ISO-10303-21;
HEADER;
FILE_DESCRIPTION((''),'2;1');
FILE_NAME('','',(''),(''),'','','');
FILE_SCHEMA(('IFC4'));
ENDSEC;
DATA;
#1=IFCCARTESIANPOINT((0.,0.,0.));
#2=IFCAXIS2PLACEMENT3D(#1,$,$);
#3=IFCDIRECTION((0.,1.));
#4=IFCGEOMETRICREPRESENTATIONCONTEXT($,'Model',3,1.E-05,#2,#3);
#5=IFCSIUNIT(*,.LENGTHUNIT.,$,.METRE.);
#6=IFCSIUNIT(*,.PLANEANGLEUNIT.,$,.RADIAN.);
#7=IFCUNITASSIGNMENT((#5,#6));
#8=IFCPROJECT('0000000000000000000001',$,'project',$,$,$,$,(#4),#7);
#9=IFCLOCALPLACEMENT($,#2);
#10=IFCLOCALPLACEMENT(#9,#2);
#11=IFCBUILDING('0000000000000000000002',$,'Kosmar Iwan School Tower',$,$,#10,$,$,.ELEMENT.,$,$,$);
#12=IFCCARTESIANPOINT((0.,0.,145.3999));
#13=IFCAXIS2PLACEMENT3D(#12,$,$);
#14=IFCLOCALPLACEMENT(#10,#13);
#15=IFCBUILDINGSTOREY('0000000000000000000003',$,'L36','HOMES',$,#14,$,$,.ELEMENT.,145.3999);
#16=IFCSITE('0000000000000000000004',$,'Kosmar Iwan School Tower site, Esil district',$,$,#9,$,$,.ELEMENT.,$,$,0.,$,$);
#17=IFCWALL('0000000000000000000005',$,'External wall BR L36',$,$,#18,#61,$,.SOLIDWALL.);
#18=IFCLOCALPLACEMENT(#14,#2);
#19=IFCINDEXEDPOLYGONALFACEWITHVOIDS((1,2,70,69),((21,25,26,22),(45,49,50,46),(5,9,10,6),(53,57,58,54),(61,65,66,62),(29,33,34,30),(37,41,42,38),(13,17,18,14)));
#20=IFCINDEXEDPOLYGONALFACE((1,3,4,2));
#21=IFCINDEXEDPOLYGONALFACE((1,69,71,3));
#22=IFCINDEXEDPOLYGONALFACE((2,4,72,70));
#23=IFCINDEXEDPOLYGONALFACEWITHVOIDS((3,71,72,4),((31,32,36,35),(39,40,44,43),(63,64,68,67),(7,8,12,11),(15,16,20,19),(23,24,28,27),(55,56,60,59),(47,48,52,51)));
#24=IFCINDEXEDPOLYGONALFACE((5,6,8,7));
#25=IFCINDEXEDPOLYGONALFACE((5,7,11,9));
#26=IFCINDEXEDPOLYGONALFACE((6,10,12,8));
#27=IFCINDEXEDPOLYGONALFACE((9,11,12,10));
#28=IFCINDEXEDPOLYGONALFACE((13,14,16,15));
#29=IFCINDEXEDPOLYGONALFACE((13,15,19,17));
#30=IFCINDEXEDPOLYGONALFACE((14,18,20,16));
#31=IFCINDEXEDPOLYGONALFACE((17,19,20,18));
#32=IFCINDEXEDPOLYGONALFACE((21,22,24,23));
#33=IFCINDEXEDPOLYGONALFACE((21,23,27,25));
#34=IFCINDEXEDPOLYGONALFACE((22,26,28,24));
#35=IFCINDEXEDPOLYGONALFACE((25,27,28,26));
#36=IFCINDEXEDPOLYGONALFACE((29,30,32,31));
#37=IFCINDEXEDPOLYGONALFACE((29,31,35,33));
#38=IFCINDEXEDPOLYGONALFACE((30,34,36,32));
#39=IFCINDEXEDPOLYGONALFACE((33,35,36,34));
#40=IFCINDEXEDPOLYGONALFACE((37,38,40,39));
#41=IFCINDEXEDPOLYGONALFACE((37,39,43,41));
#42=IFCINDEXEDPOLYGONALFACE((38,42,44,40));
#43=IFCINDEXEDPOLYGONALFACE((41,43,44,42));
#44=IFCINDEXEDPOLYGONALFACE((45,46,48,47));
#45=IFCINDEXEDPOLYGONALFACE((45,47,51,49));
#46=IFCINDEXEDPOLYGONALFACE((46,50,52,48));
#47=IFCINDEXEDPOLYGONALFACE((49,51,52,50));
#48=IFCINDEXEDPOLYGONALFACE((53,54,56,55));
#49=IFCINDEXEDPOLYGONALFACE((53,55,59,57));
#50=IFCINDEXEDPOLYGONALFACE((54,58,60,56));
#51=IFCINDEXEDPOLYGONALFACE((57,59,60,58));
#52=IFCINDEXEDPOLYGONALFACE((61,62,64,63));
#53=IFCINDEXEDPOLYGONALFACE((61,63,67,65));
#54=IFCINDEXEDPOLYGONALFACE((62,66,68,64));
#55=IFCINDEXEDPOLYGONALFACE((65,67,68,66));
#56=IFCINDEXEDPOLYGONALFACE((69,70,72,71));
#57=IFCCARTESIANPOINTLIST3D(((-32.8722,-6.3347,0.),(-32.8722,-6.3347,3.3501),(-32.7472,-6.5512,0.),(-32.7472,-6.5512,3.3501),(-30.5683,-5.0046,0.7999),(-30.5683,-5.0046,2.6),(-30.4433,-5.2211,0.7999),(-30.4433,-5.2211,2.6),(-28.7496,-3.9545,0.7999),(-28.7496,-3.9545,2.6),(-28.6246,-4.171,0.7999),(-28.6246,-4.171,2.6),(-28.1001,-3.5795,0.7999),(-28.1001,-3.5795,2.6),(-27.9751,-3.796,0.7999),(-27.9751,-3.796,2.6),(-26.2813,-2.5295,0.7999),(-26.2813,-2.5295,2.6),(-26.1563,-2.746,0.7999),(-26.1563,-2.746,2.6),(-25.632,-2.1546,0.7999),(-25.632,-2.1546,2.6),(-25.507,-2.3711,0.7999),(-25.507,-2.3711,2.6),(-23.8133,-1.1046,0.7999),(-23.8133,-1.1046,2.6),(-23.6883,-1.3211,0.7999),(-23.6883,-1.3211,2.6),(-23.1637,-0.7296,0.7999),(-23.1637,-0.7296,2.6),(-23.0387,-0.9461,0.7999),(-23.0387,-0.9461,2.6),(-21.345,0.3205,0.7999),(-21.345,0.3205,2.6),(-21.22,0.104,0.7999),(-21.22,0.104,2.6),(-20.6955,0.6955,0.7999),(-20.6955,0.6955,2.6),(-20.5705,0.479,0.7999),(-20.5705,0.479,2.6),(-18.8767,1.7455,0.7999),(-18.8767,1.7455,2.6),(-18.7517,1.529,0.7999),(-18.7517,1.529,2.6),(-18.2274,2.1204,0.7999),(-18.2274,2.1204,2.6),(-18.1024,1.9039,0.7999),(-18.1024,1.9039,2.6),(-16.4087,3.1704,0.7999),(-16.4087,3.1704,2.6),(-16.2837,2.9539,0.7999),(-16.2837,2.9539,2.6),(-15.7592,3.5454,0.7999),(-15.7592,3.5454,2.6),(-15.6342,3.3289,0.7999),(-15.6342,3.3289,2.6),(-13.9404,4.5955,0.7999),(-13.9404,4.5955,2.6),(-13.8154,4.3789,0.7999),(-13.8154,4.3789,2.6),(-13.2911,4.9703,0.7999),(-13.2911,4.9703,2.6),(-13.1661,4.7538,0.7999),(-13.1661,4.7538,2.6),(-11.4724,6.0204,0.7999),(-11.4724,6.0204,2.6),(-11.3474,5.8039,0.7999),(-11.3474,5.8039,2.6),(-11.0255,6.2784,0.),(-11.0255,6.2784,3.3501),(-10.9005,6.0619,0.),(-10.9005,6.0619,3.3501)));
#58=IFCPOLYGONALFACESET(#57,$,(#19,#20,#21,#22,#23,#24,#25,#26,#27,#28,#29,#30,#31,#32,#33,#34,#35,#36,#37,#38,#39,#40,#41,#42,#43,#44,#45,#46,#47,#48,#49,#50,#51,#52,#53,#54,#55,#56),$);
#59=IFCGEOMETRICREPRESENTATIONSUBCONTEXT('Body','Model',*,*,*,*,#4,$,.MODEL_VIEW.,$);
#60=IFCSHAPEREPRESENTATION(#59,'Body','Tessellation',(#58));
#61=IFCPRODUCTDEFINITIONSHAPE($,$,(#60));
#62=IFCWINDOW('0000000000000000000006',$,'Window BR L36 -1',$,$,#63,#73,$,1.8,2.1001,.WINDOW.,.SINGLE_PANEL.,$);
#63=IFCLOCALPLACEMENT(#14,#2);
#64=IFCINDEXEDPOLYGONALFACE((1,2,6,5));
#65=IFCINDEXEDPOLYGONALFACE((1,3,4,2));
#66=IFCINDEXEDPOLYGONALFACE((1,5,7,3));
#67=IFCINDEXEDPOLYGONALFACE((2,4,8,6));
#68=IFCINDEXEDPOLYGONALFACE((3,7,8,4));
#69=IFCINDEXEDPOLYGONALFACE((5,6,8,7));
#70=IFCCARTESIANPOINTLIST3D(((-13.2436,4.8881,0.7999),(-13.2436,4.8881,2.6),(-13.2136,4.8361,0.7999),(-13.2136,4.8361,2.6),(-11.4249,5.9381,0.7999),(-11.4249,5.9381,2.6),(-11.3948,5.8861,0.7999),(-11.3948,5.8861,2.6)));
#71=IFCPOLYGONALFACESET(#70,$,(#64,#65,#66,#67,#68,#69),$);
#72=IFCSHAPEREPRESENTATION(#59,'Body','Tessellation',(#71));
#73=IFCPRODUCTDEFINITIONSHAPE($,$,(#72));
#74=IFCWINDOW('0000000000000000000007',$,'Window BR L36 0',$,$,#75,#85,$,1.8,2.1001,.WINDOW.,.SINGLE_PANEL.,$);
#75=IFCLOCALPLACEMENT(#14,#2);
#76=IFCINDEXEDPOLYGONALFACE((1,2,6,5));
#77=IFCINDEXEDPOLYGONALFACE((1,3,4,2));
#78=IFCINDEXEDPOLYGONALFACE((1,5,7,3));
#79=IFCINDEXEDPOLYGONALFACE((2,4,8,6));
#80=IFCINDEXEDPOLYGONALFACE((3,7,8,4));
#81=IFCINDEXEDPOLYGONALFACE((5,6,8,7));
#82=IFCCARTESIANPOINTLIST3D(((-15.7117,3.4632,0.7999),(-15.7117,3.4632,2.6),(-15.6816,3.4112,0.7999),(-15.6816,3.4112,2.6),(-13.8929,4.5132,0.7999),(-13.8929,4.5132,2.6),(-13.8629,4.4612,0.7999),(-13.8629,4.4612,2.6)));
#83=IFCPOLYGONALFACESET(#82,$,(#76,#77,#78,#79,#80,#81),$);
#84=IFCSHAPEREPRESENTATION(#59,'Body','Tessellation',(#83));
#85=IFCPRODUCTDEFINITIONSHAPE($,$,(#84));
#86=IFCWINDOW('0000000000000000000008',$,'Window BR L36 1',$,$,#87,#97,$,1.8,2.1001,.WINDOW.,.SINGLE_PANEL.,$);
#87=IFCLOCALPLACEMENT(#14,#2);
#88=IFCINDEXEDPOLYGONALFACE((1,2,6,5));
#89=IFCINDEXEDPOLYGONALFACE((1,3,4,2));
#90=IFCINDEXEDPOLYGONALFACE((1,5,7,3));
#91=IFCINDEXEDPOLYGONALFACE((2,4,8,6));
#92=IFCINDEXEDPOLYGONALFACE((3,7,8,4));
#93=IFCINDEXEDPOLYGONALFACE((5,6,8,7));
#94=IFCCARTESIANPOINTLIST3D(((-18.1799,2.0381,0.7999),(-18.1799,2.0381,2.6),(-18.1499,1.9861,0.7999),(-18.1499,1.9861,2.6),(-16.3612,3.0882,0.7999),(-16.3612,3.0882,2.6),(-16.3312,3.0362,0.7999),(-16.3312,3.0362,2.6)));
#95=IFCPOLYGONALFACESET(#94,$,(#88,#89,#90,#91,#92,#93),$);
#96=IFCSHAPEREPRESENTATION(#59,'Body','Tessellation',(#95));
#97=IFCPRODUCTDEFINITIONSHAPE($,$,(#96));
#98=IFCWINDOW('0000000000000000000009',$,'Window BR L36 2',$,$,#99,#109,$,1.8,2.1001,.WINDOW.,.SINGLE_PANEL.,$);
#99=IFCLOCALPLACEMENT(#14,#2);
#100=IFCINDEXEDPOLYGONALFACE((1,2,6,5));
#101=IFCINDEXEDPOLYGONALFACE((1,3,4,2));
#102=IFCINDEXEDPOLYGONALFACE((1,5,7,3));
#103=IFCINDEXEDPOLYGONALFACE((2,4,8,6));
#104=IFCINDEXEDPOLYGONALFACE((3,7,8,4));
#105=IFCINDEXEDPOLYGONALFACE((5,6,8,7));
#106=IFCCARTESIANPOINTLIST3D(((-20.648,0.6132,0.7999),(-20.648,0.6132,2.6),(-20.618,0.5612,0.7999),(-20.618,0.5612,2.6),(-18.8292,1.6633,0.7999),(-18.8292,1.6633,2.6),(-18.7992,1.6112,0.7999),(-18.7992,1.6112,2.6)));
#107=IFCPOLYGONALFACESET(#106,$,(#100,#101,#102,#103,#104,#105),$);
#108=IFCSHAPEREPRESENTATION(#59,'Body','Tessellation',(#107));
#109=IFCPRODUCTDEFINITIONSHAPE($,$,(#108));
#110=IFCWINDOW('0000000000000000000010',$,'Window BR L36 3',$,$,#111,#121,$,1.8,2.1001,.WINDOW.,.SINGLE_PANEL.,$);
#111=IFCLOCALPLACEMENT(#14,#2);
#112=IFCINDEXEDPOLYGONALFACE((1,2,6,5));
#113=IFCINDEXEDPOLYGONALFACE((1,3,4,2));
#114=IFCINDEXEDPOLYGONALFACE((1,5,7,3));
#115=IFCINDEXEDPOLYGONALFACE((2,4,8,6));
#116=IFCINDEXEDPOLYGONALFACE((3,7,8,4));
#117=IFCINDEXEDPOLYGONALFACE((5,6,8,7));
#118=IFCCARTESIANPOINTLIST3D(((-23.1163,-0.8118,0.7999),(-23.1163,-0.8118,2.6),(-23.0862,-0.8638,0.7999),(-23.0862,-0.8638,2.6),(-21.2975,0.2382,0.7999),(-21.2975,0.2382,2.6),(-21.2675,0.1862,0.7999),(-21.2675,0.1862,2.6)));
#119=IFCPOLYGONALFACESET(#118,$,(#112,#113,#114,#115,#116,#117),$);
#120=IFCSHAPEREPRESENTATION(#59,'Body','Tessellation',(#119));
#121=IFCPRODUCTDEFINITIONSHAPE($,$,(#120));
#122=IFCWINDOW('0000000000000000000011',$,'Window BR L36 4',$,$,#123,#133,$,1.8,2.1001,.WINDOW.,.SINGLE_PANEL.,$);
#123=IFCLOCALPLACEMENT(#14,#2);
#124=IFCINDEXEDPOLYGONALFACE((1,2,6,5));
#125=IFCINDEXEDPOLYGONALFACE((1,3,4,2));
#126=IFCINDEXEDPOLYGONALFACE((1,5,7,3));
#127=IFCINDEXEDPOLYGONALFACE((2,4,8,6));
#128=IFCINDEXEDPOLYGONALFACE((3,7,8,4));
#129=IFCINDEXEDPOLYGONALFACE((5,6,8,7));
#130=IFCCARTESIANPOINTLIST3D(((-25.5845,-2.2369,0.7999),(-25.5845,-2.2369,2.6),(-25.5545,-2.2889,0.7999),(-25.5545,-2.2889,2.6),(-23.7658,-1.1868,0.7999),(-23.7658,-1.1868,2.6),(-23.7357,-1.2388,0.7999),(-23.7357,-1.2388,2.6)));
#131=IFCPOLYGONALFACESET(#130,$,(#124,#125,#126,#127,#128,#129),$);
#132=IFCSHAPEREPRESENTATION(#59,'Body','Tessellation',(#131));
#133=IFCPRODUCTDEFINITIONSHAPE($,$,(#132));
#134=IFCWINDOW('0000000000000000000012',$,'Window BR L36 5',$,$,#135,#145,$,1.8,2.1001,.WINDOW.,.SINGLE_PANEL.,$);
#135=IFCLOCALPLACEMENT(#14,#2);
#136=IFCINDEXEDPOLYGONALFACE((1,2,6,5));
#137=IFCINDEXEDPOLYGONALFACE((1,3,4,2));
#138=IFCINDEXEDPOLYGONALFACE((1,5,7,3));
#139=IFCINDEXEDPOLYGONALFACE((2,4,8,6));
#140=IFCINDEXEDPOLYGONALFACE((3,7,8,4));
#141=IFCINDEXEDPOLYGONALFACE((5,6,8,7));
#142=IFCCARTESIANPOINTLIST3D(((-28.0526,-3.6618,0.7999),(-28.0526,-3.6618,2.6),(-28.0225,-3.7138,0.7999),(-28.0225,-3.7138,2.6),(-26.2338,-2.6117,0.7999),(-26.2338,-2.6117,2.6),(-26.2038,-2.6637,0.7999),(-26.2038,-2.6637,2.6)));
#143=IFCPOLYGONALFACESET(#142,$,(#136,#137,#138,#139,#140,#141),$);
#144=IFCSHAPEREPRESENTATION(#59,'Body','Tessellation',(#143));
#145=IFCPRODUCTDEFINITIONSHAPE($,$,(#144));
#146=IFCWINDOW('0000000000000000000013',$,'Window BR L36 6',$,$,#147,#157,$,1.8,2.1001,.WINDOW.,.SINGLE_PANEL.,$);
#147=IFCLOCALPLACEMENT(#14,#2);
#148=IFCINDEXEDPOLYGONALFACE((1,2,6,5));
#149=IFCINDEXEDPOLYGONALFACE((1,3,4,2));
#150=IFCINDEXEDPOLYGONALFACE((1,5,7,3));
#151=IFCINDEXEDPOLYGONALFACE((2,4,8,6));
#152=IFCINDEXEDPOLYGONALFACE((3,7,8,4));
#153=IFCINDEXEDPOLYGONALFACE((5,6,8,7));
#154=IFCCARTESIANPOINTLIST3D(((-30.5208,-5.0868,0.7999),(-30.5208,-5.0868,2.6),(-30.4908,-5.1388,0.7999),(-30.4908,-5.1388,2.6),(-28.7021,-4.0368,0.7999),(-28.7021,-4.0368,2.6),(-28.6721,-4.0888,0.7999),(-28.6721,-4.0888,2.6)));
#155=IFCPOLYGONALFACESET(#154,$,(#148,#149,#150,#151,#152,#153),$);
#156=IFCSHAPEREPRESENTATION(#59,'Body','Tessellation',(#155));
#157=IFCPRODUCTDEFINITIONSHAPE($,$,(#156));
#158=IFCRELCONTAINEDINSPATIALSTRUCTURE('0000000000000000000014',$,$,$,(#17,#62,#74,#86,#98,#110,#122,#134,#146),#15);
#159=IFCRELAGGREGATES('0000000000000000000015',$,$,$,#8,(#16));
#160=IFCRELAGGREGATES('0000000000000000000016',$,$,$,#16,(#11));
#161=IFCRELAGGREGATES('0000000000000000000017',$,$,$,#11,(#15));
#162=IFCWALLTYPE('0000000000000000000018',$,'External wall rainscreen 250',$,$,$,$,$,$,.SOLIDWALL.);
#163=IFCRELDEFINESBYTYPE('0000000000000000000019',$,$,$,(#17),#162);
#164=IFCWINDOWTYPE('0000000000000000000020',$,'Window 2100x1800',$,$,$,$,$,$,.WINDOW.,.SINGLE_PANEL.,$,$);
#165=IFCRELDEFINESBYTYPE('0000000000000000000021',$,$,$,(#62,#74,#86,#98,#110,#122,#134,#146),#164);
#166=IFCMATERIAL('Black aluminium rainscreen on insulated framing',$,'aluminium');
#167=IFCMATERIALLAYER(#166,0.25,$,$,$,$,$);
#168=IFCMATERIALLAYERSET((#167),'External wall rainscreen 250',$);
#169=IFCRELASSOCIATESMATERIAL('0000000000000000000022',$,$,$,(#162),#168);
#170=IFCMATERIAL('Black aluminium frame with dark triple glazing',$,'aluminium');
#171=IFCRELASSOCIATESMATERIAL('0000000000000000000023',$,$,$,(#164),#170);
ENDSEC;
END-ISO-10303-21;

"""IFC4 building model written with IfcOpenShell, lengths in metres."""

from ifc_helpers import new_model, si_unit, direction, frame, frame_2d, origin, place, context, subcontext, project, spatial, rectangle, extrude, material, layer, layer_set, type_object, element, fill, save


model = new_model("IFC4")

# Units and contexts
model_context = context("Model", 3, precision=1e-05, world=origin(), true_north=direction((0.0, 1.0)))
body_context = subcontext(model_context, "Body", "Model", "MODEL_VIEW")
ifc_project = project(units=[si_unit("LENGTHUNIT", "METRE"), si_unit("PLANEANGLEUNIT", "RADIAN")], contexts=[model_context])

# Site, building, storey
site_placement = place(None, origin())
site = spatial("IfcSite", under=ifc_project, at=site_placement, Name="Kosmar Iwan School Tower site, Esil district", CompositionType="ELEMENT", RefElevation=0.0)
building_placement = place(site_placement, origin())
building = spatial("IfcBuilding", under=site, at=building_placement, Name="Kosmar Iwan School Tower", CompositionType="ELEMENT")
storey_placement = place(building_placement, frame((0.0, 0.0, 145.3999)))
storey = spatial("IfcBuildingStorey", under=building, at=storey_placement, Name="L36", Description="HOMES", CompositionType="ELEMENT", Elevation=145.3999)

# Wall, openings, windows
ifc_material_1 = material(Name="Black aluminium rainscreen on insulated framing", Category="aluminium")
ifc_layer_1 = layer(ifc_material_1, 0.25)
ifc_layer_set_1 = layer_set([ifc_layer_1], Name="External wall rainscreen 250")
wall_type_1 = type_object("IfcWallType", Name="External wall rainscreen 250", PredefinedType="SOLIDWALL", material=ifc_layer_set_1)
ifc_material_2 = material(Name="Black aluminium frame with dark triple glazing", Category="aluminium")
window_type = type_object("IfcWindowType", Name="Window 2100x1800", PartitioningType="SINGLE_PANEL", PredefinedType="WINDOW", material=ifc_material_2)
wall_1_placement = place(storey_placement, frame((-10.9629, 6.1702, 0.0), z_axis=(0.0, 0.0, 1.0), x_axis=(-0.866028, -0.499996, 0.0)))
wall_1 = element("IfcWall", 1, at=wall_1_placement, inside=storey, type_object=wall_type_1, Name="External wall BR L36", PredefinedType="SOLIDWALL", context=body_context, shape_type="SweptSolid", body=[
    extrude(rectangle(XDim=25.2263, YDim=0.25, at=frame_2d((12.6133, 0.0))), origin(), (0.0, 0.0, 1.0), 3.3501),
])
opening_1_placement = place(wall_1_placement, frame((0.5161, 0.0, 0.8)))
opening_1 = element("IfcOpeningElement", 2, at=opening_1_placement, cuts=wall_1, PredefinedType="OPENING", context=body_context, shape_type="SweptSolid", body=[
    extrude(rectangle(XDim=2.1001, YDim=1.8, at=frame_2d((1.05, 0.8999))), frame((0.0, 0.137, 0.0), z_axis=(0.0, -1.0, 0.0), x_axis=(1.0, 0.0, 0.0)), (0.0, 0.0, 1.0), 0.2739),
])
opening_2_placement = place(wall_1_placement, frame((3.366, 0.0, 0.8)))
opening_2 = element("IfcOpeningElement", 3, at=opening_2_placement, cuts=wall_1, PredefinedType="OPENING", context=body_context, shape_type="SweptSolid", body=[
    extrude(rectangle(XDim=2.1001, YDim=1.8, at=frame_2d((1.05, 0.8999))), frame((0.0, 0.137, 0.0), z_axis=(0.0, -1.0, 0.0), x_axis=(1.0, 0.0, 0.0)), (0.0, 0.0, 1.0), 0.2739),
])
opening_3_placement = place(wall_1_placement, frame((6.2161, 0.0, 0.8)))
opening_3 = element("IfcOpeningElement", 4, at=opening_3_placement, cuts=wall_1, PredefinedType="OPENING", context=body_context, shape_type="SweptSolid", body=[
    extrude(rectangle(XDim=2.1001, YDim=1.8, at=frame_2d((1.05, 0.8999))), frame((0.0, 0.137, 0.0), z_axis=(0.0, -1.0, 0.0), x_axis=(1.0, 0.0, 0.0)), (0.0, 0.0, 1.0), 0.2739),
])
opening_4_placement = place(wall_1_placement, frame((9.0659, 0.0, 0.8)))
opening_4 = element("IfcOpeningElement", 5, at=opening_4_placement, cuts=wall_1, PredefinedType="OPENING", context=body_context, shape_type="SweptSolid", body=[
    extrude(rectangle(XDim=2.1001, YDim=1.8, at=frame_2d((1.05, 0.8999))), frame((0.0, 0.137, 0.0), z_axis=(0.0, -1.0, 0.0), x_axis=(1.0, 0.0, 0.0)), (0.0, 0.0, 1.0), 0.2739),
])
opening_5_placement = place(wall_1_placement, frame((11.916, 0.0, 0.8)))
opening_5 = element("IfcOpeningElement", 6, at=opening_5_placement, cuts=wall_1, PredefinedType="OPENING", context=body_context, shape_type="SweptSolid", body=[
    extrude(rectangle(XDim=2.1001, YDim=1.8, at=frame_2d((1.05, 0.8999))), frame((0.0, 0.137, 0.0), z_axis=(0.0, -1.0, 0.0), x_axis=(1.0, 0.0, 0.0)), (0.0, 0.0, 1.0), 0.2739),
])
opening_6_placement = place(wall_1_placement, frame((14.7661, 0.0, 0.8)))
opening_6 = element("IfcOpeningElement", 7, at=opening_6_placement, cuts=wall_1, PredefinedType="OPENING", context=body_context, shape_type="SweptSolid", body=[
    extrude(rectangle(XDim=2.1001, YDim=1.8, at=frame_2d((1.05, 0.8999))), frame((0.0, 0.137, 0.0), z_axis=(0.0, -1.0, 0.0), x_axis=(1.0, 0.0, 0.0)), (0.0, 0.0, 1.0), 0.2739),
])
opening_7_placement = place(wall_1_placement, frame((17.616, 0.0, 0.8)))
opening_7 = element("IfcOpeningElement", 8, at=opening_7_placement, cuts=wall_1, PredefinedType="OPENING", context=body_context, shape_type="SweptSolid", body=[
    extrude(rectangle(XDim=2.1001, YDim=1.8, at=frame_2d((1.05, 0.8999))), frame((0.0, 0.137, 0.0), z_axis=(0.0, -1.0, 0.0), x_axis=(1.0, 0.0, 0.0)), (0.0, 0.0, 1.0), 0.2739),
])
opening_8_placement = place(wall_1_placement, frame((20.4661, 0.0, 0.8)))
opening_8 = element("IfcOpeningElement", 9, at=opening_8_placement, cuts=wall_1, PredefinedType="OPENING", context=body_context, shape_type="SweptSolid", body=[
    extrude(rectangle(XDim=2.1001, YDim=1.8, at=frame_2d((1.05, 0.8999))), frame((0.0, 0.137, 0.0), z_axis=(0.0, -1.0, 0.0), x_axis=(1.0, 0.0, 0.0)), (0.0, 0.0, 1.0), 0.2739),
])
window_1_placement = place(opening_1_placement, origin())
window_1 = element("IfcWindow", 10, at=window_1_placement, inside=storey, type_object=window_type, Name="Window BR L36 -1", OverallHeight=1.8, OverallWidth=2.1001, PartitioningType="SINGLE_PANEL", PredefinedType="WINDOW", context=body_context, shape_type="SweptSolid", body=[
    extrude(rectangle(XDim=2.1001, YDim=1.8, at=frame_2d((1.05, 0.8999))), frame((0.0, 0.03, 0.0), z_axis=(0.0, -1.0, 0.0), x_axis=(1.0, 0.0, 0.0)), (0.0, 0.0, 1.0), 0.0601),
])
fill(opening_1, window_1)
window_2_placement = place(opening_2_placement, origin())
window_2 = element("IfcWindow", 11, at=window_2_placement, inside=storey, type_object=window_type, Name="Window BR L36 0", OverallHeight=1.8, OverallWidth=2.1001, PartitioningType="SINGLE_PANEL", PredefinedType="WINDOW", context=body_context, shape_type="SweptSolid", body=[
    extrude(rectangle(XDim=2.1001, YDim=1.8, at=frame_2d((1.05, 0.8999))), frame((0.0, 0.03, 0.0), z_axis=(0.0, -1.0, 0.0), x_axis=(1.0, 0.0, 0.0)), (0.0, 0.0, 1.0), 0.0601),
])
fill(opening_2, window_2)
window_3_placement = place(opening_3_placement, origin())
window_3 = element("IfcWindow", 12, at=window_3_placement, inside=storey, type_object=window_type, Name="Window BR L36 1", OverallHeight=1.8, OverallWidth=2.1001, PartitioningType="SINGLE_PANEL", PredefinedType="WINDOW", context=body_context, shape_type="SweptSolid", body=[
    extrude(rectangle(XDim=2.1001, YDim=1.8, at=frame_2d((1.05, 0.8999))), frame((0.0, 0.03, 0.0), z_axis=(0.0, -1.0, 0.0), x_axis=(1.0, 0.0, 0.0)), (0.0, 0.0, 1.0), 0.0601),
])
fill(opening_3, window_3)
window_4_placement = place(opening_4_placement, origin())
window_4 = element("IfcWindow", 13, at=window_4_placement, inside=storey, type_object=window_type, Name="Window BR L36 2", OverallHeight=1.8, OverallWidth=2.1001, PartitioningType="SINGLE_PANEL", PredefinedType="WINDOW", context=body_context, shape_type="SweptSolid", body=[
    extrude(rectangle(XDim=2.1001, YDim=1.8, at=frame_2d((1.05, 0.8999))), frame((0.0, 0.03, 0.0), z_axis=(0.0, -1.0, 0.0), x_axis=(1.0, 0.0, 0.0)), (0.0, 0.0, 1.0), 0.0601),
])
fill(opening_4, window_4)
window_5_placement = place(opening_5_placement, origin())
window_5 = element("IfcWindow", 14, at=window_5_placement, inside=storey, type_object=window_type, Name="Window BR L36 3", OverallHeight=1.8, OverallWidth=2.1001, PartitioningType="SINGLE_PANEL", PredefinedType="WINDOW", context=body_context, shape_type="SweptSolid", body=[
    extrude(rectangle(XDim=2.1001, YDim=1.8, at=frame_2d((1.05, 0.8999))), frame((0.0, 0.03, 0.0), z_axis=(0.0, -1.0, 0.0), x_axis=(1.0, 0.0, 0.0)), (0.0, 0.0, 1.0), 0.0601),
])
fill(opening_5, window_5)
window_6_placement = place(opening_6_placement, origin())
window_6 = element("IfcWindow", 15, at=window_6_placement, inside=storey, type_object=window_type, Name="Window BR L36 4", OverallHeight=1.8, OverallWidth=2.1001, PartitioningType="SINGLE_PANEL", PredefinedType="WINDOW", context=body_context, shape_type="SweptSolid", body=[
    extrude(rectangle(XDim=2.1001, YDim=1.8, at=frame_2d((1.05, 0.8999))), frame((0.0, 0.03, 0.0), z_axis=(0.0, -1.0, 0.0), x_axis=(1.0, 0.0, 0.0)), (0.0, 0.0, 1.0), 0.0601),
])
fill(opening_6, window_6)
window_7_placement = place(opening_7_placement, origin())
window_7 = element("IfcWindow", 16, at=window_7_placement, inside=storey, type_object=window_type, Name="Window BR L36 5", OverallHeight=1.8, OverallWidth=2.1001, PartitioningType="SINGLE_PANEL", PredefinedType="WINDOW", context=body_context, shape_type="SweptSolid", body=[
    extrude(rectangle(XDim=2.1001, YDim=1.8, at=frame_2d((1.05, 0.8999))), frame((0.0, 0.03, 0.0), z_axis=(0.0, -1.0, 0.0), x_axis=(1.0, 0.0, 0.0)), (0.0, 0.0, 1.0), 0.0601),
])
fill(opening_7, window_7)
window_8_placement = place(opening_8_placement, origin())
window_8 = element("IfcWindow", 17, at=window_8_placement, inside=storey, type_object=window_type, Name="Window BR L36 6", OverallHeight=1.8, OverallWidth=2.1001, PartitioningType="SINGLE_PANEL", PredefinedType="WINDOW", context=body_context, shape_type="SweptSolid", body=[
    extrude(rectangle(XDim=2.1001, YDim=1.8, at=frame_2d((1.05, 0.8999))), frame((0.0, 0.03, 0.0), z_axis=(0.0, -1.0, 0.0), x_axis=(1.0, 0.0, 0.0)), (0.0, 0.0, 1.0), 0.0601),
])
fill(opening_8, window_8)

save(model, "model.ifc")
